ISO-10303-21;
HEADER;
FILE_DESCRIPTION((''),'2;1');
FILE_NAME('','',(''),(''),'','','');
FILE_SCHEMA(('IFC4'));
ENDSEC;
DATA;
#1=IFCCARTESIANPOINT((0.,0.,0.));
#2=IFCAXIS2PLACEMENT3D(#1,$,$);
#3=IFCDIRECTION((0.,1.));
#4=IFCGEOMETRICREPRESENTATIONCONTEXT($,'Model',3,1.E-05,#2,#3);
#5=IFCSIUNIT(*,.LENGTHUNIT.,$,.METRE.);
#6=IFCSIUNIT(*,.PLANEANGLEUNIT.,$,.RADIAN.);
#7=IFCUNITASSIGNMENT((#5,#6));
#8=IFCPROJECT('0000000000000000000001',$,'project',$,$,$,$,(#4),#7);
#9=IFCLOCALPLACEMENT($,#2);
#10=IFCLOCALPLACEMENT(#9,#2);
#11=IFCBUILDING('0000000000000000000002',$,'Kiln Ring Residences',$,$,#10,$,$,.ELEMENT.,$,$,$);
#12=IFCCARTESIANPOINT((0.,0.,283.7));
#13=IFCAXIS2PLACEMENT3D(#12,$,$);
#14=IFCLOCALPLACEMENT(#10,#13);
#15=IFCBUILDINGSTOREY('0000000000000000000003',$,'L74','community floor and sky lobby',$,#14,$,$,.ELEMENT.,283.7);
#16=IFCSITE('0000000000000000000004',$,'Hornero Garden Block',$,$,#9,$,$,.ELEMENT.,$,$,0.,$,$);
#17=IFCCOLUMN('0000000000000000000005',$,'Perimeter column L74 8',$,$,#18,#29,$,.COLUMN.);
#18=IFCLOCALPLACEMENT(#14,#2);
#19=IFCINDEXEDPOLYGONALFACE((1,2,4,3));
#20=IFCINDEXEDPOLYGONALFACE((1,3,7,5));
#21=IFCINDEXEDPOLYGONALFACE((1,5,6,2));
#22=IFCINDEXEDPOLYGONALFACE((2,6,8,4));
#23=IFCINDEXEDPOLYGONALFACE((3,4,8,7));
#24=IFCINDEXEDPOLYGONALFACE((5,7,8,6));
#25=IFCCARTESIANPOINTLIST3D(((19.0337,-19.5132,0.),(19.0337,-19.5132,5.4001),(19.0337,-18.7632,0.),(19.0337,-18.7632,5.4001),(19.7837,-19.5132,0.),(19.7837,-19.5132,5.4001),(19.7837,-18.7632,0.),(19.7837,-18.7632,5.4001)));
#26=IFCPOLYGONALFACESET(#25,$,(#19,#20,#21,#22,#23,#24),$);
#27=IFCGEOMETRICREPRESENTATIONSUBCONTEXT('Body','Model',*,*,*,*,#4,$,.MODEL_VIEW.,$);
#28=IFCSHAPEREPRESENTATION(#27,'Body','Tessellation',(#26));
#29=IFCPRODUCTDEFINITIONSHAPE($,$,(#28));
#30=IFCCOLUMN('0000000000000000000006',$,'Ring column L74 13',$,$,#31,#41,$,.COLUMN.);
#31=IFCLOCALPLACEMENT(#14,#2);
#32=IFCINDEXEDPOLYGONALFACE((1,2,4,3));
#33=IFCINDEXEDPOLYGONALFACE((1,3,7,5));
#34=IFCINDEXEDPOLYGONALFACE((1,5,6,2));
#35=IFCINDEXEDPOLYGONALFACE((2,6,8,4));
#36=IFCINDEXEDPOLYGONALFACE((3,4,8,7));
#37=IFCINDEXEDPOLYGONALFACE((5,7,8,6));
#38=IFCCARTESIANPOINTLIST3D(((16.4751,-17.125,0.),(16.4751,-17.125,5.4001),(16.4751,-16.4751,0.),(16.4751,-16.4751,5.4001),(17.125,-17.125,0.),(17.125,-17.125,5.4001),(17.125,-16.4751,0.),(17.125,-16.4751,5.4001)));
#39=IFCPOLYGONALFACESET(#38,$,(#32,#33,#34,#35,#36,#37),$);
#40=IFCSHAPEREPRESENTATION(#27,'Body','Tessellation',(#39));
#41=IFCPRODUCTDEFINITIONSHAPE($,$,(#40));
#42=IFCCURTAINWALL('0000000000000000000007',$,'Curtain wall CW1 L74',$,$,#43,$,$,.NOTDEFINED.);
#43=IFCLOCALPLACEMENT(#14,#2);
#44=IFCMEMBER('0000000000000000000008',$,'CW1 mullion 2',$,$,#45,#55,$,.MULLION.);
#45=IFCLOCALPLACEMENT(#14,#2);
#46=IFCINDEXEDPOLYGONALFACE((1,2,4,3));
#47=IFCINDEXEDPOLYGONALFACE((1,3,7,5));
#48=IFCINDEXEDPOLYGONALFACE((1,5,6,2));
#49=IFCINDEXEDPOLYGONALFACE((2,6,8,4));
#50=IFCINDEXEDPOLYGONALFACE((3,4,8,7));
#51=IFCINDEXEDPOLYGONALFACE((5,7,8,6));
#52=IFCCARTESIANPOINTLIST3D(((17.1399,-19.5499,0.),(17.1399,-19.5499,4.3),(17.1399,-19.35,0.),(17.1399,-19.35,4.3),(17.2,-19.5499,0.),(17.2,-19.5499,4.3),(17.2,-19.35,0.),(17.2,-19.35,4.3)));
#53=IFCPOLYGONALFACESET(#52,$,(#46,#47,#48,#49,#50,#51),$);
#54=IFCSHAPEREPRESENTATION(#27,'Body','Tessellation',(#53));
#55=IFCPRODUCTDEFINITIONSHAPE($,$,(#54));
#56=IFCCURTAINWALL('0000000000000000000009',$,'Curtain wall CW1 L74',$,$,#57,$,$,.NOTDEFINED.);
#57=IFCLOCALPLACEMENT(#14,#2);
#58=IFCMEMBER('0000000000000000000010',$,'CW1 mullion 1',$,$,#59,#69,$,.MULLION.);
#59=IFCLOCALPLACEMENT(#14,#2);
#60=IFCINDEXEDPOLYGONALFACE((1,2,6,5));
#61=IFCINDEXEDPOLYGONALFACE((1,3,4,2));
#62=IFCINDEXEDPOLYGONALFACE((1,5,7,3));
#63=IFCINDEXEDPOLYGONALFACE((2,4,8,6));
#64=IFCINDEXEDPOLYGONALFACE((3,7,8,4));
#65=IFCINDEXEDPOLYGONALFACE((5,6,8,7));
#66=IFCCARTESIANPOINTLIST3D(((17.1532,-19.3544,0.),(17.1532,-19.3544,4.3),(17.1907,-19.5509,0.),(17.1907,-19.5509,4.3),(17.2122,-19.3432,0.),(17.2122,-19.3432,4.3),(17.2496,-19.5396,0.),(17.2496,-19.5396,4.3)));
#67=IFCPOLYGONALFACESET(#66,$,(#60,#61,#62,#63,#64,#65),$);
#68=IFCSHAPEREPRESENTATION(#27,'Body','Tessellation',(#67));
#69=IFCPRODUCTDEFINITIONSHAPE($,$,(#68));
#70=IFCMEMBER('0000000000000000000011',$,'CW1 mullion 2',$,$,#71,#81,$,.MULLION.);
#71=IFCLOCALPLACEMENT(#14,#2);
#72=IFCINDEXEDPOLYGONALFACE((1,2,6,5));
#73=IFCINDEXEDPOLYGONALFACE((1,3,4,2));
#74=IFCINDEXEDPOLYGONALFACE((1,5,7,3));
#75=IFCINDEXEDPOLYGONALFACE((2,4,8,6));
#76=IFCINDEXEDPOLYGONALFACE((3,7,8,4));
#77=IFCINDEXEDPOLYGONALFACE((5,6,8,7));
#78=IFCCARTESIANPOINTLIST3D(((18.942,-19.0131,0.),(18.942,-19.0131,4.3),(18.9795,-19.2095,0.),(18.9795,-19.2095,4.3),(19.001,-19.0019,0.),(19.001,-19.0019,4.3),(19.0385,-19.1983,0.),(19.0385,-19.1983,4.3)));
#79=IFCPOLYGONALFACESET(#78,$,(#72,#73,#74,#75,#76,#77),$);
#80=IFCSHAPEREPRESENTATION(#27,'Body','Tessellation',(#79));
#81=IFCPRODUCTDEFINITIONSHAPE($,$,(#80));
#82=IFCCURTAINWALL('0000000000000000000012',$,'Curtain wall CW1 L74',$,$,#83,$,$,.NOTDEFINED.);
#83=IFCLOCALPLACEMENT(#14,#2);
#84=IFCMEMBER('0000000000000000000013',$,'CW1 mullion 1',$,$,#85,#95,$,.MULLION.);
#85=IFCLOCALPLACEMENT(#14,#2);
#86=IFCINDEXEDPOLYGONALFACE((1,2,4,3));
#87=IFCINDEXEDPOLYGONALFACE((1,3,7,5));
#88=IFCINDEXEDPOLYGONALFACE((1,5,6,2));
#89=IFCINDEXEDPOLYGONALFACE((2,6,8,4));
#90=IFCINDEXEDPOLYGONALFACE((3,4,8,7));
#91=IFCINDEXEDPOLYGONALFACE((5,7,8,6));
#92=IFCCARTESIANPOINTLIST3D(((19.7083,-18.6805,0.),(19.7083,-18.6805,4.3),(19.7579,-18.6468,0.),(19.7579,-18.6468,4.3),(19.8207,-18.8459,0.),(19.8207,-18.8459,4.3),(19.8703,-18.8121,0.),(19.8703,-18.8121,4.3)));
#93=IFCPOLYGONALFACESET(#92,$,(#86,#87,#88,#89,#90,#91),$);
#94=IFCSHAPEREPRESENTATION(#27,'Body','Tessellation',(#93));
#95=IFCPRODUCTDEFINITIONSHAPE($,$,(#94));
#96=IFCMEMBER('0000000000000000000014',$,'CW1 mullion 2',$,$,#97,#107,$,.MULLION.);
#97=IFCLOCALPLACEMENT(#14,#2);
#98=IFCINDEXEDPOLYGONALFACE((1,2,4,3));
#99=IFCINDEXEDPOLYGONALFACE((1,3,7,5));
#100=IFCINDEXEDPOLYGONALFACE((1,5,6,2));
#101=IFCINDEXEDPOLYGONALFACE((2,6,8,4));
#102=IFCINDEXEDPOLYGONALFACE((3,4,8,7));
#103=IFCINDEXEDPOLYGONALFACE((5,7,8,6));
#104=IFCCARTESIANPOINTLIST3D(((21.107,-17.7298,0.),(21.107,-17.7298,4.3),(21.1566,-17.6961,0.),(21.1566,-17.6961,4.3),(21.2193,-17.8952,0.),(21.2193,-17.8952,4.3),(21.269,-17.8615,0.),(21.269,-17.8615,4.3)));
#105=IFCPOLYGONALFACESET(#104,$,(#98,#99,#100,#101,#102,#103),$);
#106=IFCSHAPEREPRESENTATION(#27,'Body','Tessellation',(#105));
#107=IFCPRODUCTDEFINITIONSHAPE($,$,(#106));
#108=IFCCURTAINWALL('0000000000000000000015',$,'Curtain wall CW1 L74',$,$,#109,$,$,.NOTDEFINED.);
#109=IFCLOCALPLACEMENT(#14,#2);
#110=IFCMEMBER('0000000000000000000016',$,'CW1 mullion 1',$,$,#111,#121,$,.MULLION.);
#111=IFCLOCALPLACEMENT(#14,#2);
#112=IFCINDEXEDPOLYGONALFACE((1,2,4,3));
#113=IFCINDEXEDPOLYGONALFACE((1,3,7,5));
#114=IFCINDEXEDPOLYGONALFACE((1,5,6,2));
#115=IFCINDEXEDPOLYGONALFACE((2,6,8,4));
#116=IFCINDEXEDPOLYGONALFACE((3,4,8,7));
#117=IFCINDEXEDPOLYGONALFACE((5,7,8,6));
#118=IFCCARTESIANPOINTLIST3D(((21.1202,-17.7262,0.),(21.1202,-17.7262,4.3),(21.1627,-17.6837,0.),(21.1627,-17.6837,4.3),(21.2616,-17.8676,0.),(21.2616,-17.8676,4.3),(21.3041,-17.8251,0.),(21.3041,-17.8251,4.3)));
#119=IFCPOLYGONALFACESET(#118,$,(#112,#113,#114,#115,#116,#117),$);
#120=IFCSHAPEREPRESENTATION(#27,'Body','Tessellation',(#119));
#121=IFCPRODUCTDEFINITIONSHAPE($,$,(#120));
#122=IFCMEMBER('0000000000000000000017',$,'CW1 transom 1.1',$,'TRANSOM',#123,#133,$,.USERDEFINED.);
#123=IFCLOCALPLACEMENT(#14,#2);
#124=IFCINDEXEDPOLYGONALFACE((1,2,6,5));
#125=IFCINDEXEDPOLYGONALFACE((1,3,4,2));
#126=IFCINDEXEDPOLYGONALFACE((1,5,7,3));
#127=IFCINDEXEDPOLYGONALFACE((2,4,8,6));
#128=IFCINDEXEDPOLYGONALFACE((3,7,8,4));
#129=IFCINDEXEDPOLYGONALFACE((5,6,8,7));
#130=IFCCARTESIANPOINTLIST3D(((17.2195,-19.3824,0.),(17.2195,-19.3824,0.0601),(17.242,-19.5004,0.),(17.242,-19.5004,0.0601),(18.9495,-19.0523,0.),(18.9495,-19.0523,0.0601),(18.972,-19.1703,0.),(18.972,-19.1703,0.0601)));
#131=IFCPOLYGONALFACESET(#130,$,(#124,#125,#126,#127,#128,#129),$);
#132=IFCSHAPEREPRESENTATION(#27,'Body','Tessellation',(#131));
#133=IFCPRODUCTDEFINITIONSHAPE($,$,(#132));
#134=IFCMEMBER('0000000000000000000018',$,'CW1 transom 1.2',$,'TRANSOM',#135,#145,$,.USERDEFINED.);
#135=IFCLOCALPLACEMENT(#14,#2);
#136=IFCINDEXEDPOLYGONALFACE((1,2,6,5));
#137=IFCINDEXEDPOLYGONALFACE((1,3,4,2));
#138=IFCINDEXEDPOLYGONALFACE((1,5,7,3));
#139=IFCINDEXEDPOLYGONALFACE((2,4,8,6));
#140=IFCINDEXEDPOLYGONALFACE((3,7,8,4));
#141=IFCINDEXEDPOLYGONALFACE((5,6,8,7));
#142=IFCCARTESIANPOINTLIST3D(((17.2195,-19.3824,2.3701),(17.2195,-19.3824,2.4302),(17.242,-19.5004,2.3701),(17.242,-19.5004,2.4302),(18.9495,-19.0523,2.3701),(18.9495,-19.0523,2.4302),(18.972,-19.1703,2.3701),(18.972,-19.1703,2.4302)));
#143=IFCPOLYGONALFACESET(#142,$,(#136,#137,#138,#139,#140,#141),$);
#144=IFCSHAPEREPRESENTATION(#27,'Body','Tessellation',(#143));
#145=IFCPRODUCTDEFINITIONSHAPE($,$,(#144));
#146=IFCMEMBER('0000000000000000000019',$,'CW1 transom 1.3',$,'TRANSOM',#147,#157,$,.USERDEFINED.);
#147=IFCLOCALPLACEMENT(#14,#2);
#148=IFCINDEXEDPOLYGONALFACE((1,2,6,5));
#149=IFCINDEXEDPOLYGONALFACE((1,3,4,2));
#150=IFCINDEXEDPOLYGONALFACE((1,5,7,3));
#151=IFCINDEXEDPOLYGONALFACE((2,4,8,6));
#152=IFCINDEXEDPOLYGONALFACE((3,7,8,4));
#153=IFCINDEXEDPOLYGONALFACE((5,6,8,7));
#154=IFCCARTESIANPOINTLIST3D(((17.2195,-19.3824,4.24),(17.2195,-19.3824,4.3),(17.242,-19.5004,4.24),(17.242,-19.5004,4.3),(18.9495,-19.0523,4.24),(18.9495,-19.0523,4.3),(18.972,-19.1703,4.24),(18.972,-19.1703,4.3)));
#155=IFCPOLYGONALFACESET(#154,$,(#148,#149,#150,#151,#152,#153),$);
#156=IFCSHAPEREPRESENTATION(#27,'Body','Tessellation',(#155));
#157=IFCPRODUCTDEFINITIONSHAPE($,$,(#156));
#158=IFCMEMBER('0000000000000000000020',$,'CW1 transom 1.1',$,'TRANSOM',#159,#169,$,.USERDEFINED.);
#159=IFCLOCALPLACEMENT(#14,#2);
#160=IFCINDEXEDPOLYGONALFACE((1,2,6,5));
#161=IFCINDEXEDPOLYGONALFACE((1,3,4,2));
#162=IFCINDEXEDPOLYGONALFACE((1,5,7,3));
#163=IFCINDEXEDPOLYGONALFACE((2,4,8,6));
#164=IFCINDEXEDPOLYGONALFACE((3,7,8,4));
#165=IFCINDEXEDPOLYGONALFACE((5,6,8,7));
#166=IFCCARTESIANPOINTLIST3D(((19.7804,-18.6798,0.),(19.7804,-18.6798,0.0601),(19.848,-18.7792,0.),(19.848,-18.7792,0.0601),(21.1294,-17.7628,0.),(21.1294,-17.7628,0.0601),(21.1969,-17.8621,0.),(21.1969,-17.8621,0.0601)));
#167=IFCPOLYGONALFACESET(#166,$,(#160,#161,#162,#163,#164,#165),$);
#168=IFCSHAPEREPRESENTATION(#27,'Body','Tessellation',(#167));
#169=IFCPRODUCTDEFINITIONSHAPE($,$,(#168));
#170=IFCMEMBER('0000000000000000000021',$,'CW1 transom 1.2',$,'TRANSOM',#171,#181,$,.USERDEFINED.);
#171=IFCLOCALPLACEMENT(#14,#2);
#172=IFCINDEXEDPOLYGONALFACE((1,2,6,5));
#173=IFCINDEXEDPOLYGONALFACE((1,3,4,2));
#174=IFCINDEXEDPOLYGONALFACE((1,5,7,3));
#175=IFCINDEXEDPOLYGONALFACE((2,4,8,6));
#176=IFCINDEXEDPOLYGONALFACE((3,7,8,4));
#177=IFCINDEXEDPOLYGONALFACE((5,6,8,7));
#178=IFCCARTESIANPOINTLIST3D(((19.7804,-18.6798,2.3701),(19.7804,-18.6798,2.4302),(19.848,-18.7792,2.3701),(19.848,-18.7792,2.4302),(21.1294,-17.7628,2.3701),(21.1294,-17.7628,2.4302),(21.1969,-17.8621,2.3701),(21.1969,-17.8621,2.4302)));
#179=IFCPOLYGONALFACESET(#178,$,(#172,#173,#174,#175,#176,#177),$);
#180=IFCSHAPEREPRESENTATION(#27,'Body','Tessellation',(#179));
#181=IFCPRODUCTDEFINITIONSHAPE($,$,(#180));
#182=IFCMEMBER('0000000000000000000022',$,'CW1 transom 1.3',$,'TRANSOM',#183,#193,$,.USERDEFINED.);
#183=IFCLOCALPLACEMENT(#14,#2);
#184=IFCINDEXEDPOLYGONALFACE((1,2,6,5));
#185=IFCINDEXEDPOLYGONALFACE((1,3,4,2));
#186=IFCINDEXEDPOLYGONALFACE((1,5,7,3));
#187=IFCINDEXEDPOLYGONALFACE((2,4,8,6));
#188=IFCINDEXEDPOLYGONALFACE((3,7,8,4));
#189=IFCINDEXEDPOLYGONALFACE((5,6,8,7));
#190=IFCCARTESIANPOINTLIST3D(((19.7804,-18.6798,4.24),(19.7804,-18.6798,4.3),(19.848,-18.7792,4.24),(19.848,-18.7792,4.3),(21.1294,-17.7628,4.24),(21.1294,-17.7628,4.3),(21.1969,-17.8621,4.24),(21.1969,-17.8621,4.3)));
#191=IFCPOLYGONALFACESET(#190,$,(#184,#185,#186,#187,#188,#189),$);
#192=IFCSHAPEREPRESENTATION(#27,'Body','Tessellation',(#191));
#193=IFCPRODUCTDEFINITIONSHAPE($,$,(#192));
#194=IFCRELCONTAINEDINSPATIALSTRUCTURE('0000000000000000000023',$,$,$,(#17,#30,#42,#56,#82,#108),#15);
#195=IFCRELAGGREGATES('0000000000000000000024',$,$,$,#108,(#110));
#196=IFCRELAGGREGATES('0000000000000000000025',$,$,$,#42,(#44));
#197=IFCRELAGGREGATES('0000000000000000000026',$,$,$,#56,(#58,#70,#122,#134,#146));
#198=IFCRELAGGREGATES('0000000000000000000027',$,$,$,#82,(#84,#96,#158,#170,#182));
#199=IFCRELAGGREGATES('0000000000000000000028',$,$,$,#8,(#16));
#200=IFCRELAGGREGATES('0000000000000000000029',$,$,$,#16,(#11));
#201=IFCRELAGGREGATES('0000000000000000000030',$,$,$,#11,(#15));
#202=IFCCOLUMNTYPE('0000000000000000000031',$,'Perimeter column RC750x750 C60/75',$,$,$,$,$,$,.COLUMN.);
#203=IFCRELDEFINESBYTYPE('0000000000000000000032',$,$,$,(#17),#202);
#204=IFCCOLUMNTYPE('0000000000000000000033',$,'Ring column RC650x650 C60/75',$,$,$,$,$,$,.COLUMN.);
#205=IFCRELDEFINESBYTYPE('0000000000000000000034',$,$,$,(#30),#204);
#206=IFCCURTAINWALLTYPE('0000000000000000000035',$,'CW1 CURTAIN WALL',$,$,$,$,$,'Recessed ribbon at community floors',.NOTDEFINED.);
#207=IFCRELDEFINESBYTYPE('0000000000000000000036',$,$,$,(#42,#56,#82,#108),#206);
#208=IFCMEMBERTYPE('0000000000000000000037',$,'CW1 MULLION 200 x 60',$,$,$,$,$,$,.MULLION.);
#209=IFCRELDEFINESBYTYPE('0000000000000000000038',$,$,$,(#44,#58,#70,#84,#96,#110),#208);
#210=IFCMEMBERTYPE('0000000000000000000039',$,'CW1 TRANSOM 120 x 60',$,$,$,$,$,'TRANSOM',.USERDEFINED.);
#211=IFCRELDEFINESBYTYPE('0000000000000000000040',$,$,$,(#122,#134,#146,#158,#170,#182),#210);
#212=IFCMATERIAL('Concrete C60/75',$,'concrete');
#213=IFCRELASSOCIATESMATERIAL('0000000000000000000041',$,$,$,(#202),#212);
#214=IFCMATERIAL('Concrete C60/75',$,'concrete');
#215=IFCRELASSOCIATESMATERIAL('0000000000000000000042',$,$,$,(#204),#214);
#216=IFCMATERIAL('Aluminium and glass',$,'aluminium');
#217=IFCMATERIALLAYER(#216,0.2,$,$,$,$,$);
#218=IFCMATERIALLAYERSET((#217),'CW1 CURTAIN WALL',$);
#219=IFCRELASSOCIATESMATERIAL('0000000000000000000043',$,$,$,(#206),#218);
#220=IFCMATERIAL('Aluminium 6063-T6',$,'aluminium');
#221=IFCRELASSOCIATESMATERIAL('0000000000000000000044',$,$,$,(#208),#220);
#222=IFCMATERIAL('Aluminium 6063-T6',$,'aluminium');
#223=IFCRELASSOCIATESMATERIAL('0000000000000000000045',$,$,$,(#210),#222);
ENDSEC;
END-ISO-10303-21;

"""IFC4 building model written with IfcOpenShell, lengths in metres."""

from ifc_helpers import new_model, si_unit, direction, frame, origin, origin_2d, place, context, subcontext, project, spatial, rectangle, extrude, material, layer, layer_set, material_profile, profile_set, type_object, element, aggregate, save


model = new_model("IFC4")

# Units and contexts
model_context = context("Model", 3, precision=1e-05, world=origin(), true_north=direction((0.0, 1.0)))
body_context = subcontext(model_context, "Body", "Model", "MODEL_VIEW")
ifc_project = project(units=[si_unit("LENGTHUNIT", "METRE"), si_unit("PLANEANGLEUNIT", "RADIAN")], contexts=[model_context])

# Site, building, storey
site_placement = place(None, origin())
site = spatial("IfcSite", under=ifc_project, at=site_placement, Name="Hornero Garden Block", CompositionType="ELEMENT", RefElevation=0.0)
building_placement = place(site_placement, origin())
building = spatial("IfcBuilding", under=site, at=building_placement, Name="Kiln Ring Residences", CompositionType="ELEMENT")
storey_placement = place(building_placement, frame((0.0, 0.0, 283.7)))
storey = spatial("IfcBuildingStorey", under=building, at=storey_placement, Name="L74", Description="community floor and sky lobby", CompositionType="ELEMENT", Elevation=283.7)

# Columns
ifc_material_1 = material(Name="Concrete C60/75", Category="concrete")
ifc_material_profile_1 = material_profile(ifc_material_1, rectangle(XDim=0.75, YDim=0.75, at=origin_2d()), Name="RC750x750")
ifc_profile_set_1 = profile_set([ifc_material_profile_1], Name="Concrete C60/75")
column_type_1 = type_object("IfcColumnType", Name="Perimeter column RC750x750 C60/75", PredefinedType="COLUMN", material=ifc_profile_set_1)
column_1_placement = place(storey_placement, frame((19.4087, -19.1382, 0.0), z_axis=(0.0, 0.0, 1.0), x_axis=(1.0, 0.0, 0.0)))
element("IfcColumn", 1, at=column_1_placement, inside=storey, type_object=column_type_1, Name="Perimeter column L74 8", PredefinedType="COLUMN", context=body_context, shape_type="SweptSolid", body=[
    extrude(rectangle(XDim=0.75, YDim=0.75, at=origin_2d()), origin(), (0.0, 0.0, 1.0), 5.4001),
])
ifc_material_2 = material(Name="Concrete C60/75", Category="concrete")
ifc_material_profile_2 = material_profile(ifc_material_2, rectangle(XDim=0.6499, YDim=0.6499, at=origin_2d()), Name="RC650x650")
ifc_profile_set_2 = profile_set([ifc_material_profile_2], Name="Concrete C60/75")
column_type_2 = type_object("IfcColumnType", Name="Ring column RC650x650 C60/75", PredefinedType="COLUMN", material=ifc_profile_set_2)
column_2_placement = place(storey_placement, frame((16.8, -16.8, 0.0), z_axis=(0.0, 0.0, 1.0), x_axis=(1.0, 0.0, 0.0)))
element("IfcColumn", 2, at=column_2_placement, inside=storey, type_object=column_type_2, Name="Ring column L74 13", PredefinedType="COLUMN", context=body_context, shape_type="SweptSolid", body=[
    extrude(rectangle(XDim=0.6499, YDim=0.6499, at=origin_2d()), origin(), (0.0, 0.0, 1.0), 5.4001),
])

# Curtain wall, member
ifc_material_3 = material(Name="Aluminium and glass", Category="aluminium")
ifc_layer_1 = layer(ifc_material_3, 0.2)
ifc_layer_set_1 = layer_set([ifc_layer_1], Name="CW1 CURTAIN WALL")
curtain_wall_type = type_object("IfcCurtainWallType", Name="CW1 CURTAIN WALL", ElementType="Recessed ribbon at community floors", PredefinedType="NOTDEFINED", material=ifc_layer_set_1)
placement = place(storey_placement, origin())
curtain_wall_1 = element("IfcCurtainWall", 3, at=placement, inside=storey, type_object=curtain_wall_type, Name="Curtain wall CW1 L74", PredefinedType="NOTDEFINED")
ifc_material_4 = material(Name="Aluminium 6063-T6", Category="aluminium")
ifc_material_profile_3 = material_profile(ifc_material_4, rectangle(XDim=0.2, YDim=0.0601, at=origin_2d()), Name="AL 200x60")
ifc_profile_set_3 = profile_set([ifc_material_profile_3], Name="Aluminium 6063-T6")
member_type_1 = type_object("IfcMemberType", Name="CW1 MULLION 200 x 60", PredefinedType="MULLION", material=ifc_profile_set_3)
member_1_placement = place(storey_placement, frame((17.1699, -19.45, 0.0), z_axis=(0.0, 0.0, 1.0), x_axis=(0.0, 1.0, 0.0)))
member_1 = element("IfcMember", 4, at=member_1_placement, type_object=member_type_1, Name="CW1 mullion 2", PredefinedType="MULLION", context=body_context, shape_type="SweptSolid", body=[
    extrude(rectangle(XDim=0.2, YDim=0.0601, at=origin_2d()), origin(), (0.0, 0.0, 1.0), 4.3),
])

# Curtain walls, members
curtain_wall_2 = element("IfcCurtainWall", 5, at=placement, inside=storey, type_object=curtain_wall_type, Name="Curtain wall CW1 L74", PredefinedType="NOTDEFINED")
member_2_placement = place(storey_placement, frame((17.2014, -19.447, 0.0), z_axis=(0.0, 0.0, 1.0), x_axis=(-0.187366, 0.98229, 0.0)))
member_2 = element("IfcMember", 6, at=member_2_placement, type_object=member_type_1, Name="CW1 mullion 1", PredefinedType="MULLION", context=body_context, shape_type="SweptSolid", body=[
    extrude(rectangle(XDim=0.2, YDim=0.0601, at=origin_2d()), origin(), (0.0, 0.0, 1.0), 4.3),
])
member_3_placement = place(storey_placement, frame((18.9902, -19.1057, 0.0), z_axis=(0.0, 0.0, 1.0), x_axis=(-0.187366, 0.98229, 0.0)))
member_3 = element("IfcMember", 7, at=member_3_placement, type_object=member_type_1, Name="CW1 mullion 2", PredefinedType="MULLION", context=body_context, shape_type="SweptSolid", body=[
    extrude(rectangle(XDim=0.2, YDim=0.0601, at=origin_2d()), origin(), (0.0, 0.0, 1.0), 4.3),
])
curtain_wall_3 = element("IfcCurtainWall", 8, at=placement, inside=storey, type_object=curtain_wall_type, Name="Curtain wall CW1 L74", PredefinedType="NOTDEFINED")
member_4_placement = place(storey_placement, frame((19.7893, -18.7463, 0.0), z_axis=(0.0, 0.0, 1.0), x_axis=(-0.562097, 0.827072, 0.0)))
member_4 = element("IfcMember", 9, at=member_4_placement, type_object=member_type_1, Name="CW1 mullion 1", PredefinedType="MULLION", context=body_context, shape_type="SweptSolid", body=[
    extrude(rectangle(XDim=0.2, YDim=0.0601, at=origin_2d()), origin(), (0.0, 0.0, 1.0), 4.3),
])
member_5_placement = place(storey_placement, frame((21.188, -17.7957, 0.0), z_axis=(0.0, 0.0, 1.0), x_axis=(-0.562097, 0.827072, 0.0)))
member_5 = element("IfcMember", 10, at=member_5_placement, type_object=member_type_1, Name="CW1 mullion 2", PredefinedType="MULLION", context=body_context, shape_type="SweptSolid", body=[
    extrude(rectangle(XDim=0.2, YDim=0.0601, at=origin_2d()), origin(), (0.0, 0.0, 1.0), 4.3),
])

# Curtain wall, member
curtain_wall_4 = element("IfcCurtainWall", 11, at=placement, inside=storey, type_object=curtain_wall_type, Name="Curtain wall CW1 L74", PredefinedType="NOTDEFINED")
member_6_placement = place(storey_placement, frame((21.2122, -17.7756, 0.0), z_axis=(0.0, 0.0, 1.0), x_axis=(-0.707107, 0.707107, 0.0)))
member_6 = element("IfcMember", 12, at=member_6_placement, type_object=member_type_1, Name="CW1 mullion 1", PredefinedType="MULLION", context=body_context, shape_type="SweptSolid", body=[
    extrude(rectangle(XDim=0.2, YDim=0.0601, at=origin_2d()), origin(), (0.0, 0.0, 1.0), 4.3),
])
aggregate(curtain_wall_4, [member_6])

# Members
ifc_material_5 = material(Name="Aluminium 6063-T6", Category="aluminium")
ifc_material_profile_4 = material_profile(ifc_material_5, rectangle(XDim=0.1201, YDim=0.0601, at=origin_2d()), Name="AL 120x60")
ifc_profile_set_4 = profile_set([ifc_material_profile_4], Name="Aluminium 6063-T6")
member_type_2 = type_object("IfcMemberType", Name="CW1 TRANSOM 120 x 60", ElementType="TRANSOM", PredefinedType="USERDEFINED", material=ifc_profile_set_4)
member_7_placement = place(storey_placement, frame((17.2307, -19.4414, 0.03), z_axis=(0.98228, 0.187418, 0.0), x_axis=(-0.187418, 0.98228, 0.0)))
member_7 = element("IfcMember", 13, at=member_7_placement, type_object=member_type_2, Name="CW1 transom 1.1", ObjectType="TRANSOM", PredefinedType="USERDEFINED", context=body_context, shape_type="SweptSolid", body=[
    extrude(rectangle(XDim=0.1201, YDim=0.0601, at=origin_2d()), origin(), (0.0, 0.0, 1.0), 1.7612),
])
member_8_placement = place(storey_placement, frame((17.2307, -19.4414, 2.4001), z_axis=(0.98228, 0.187418, 0.0), x_axis=(-0.187418, 0.98228, 0.0)))
member_8 = element("IfcMember", 14, at=member_8_placement, type_object=member_type_2, Name="CW1 transom 1.2", ObjectType="TRANSOM", PredefinedType="USERDEFINED", context=body_context, shape_type="SweptSolid", body=[
    extrude(rectangle(XDim=0.1201, YDim=0.0601, at=origin_2d()), origin(), (0.0, 0.0, 1.0), 1.7612),
])
member_9_placement = place(storey_placement, frame((17.2307, -19.4414, 4.27), z_axis=(0.98228, 0.187418, 0.0), x_axis=(-0.187418, 0.98228, 0.0)))
member_9 = element("IfcMember", 15, at=member_9_placement, type_object=member_type_2, Name="CW1 transom 1.3", ObjectType="TRANSOM", PredefinedType="USERDEFINED", context=body_context, shape_type="SweptSolid", body=[
    extrude(rectangle(XDim=0.1201, YDim=0.0601, at=origin_2d()), origin(), (0.0, 0.0, 1.0), 1.7612),
])
member_10_placement = place(storey_placement, frame((19.8142, -18.7295, 0.03), z_axis=(0.826996, 0.562208, 0.0), x_axis=(-0.562208, 0.826996, 0.0)))
member_10 = element("IfcMember", 16, at=member_10_placement, type_object=member_type_2, Name="CW1 transom 1.1", ObjectType="TRANSOM", PredefinedType="USERDEFINED", context=body_context, shape_type="SweptSolid", body=[
    extrude(rectangle(XDim=0.1201, YDim=0.0601, at=origin_2d()), origin(), (0.0, 0.0, 1.0), 1.6311),
])
member_11_placement = place(storey_placement, frame((19.8142, -18.7295, 2.4001), z_axis=(0.826996, 0.562208, 0.0), x_axis=(-0.562208, 0.826996, 0.0)))
member_11 = element("IfcMember", 17, at=member_11_placement, type_object=member_type_2, Name="CW1 transom 1.2", ObjectType="TRANSOM", PredefinedType="USERDEFINED", context=body_context, shape_type="SweptSolid", body=[
    extrude(rectangle(XDim=0.1201, YDim=0.0601, at=origin_2d()), origin(), (0.0, 0.0, 1.0), 1.6311),
])
member_12_placement = place(storey_placement, frame((19.8142, -18.7295, 4.27), z_axis=(0.826996, 0.562208, 0.0), x_axis=(-0.562208, 0.826996, 0.0)))
member_12 = element("IfcMember", 18, at=member_12_placement, type_object=member_type_2, Name="CW1 transom 1.3", ObjectType="TRANSOM", PredefinedType="USERDEFINED", context=body_context, shape_type="SweptSolid", body=[
    extrude(rectangle(XDim=0.1201, YDim=0.0601, at=origin_2d()), origin(), (0.0, 0.0, 1.0), 1.6311),
])

aggregate(curtain_wall_1, [member_1])
aggregate(curtain_wall_2, [member_2, member_3, member_7, member_8, member_9])
aggregate(curtain_wall_3, [member_4, member_5, member_10, member_11, member_12])

save(model, "model.ifc")
